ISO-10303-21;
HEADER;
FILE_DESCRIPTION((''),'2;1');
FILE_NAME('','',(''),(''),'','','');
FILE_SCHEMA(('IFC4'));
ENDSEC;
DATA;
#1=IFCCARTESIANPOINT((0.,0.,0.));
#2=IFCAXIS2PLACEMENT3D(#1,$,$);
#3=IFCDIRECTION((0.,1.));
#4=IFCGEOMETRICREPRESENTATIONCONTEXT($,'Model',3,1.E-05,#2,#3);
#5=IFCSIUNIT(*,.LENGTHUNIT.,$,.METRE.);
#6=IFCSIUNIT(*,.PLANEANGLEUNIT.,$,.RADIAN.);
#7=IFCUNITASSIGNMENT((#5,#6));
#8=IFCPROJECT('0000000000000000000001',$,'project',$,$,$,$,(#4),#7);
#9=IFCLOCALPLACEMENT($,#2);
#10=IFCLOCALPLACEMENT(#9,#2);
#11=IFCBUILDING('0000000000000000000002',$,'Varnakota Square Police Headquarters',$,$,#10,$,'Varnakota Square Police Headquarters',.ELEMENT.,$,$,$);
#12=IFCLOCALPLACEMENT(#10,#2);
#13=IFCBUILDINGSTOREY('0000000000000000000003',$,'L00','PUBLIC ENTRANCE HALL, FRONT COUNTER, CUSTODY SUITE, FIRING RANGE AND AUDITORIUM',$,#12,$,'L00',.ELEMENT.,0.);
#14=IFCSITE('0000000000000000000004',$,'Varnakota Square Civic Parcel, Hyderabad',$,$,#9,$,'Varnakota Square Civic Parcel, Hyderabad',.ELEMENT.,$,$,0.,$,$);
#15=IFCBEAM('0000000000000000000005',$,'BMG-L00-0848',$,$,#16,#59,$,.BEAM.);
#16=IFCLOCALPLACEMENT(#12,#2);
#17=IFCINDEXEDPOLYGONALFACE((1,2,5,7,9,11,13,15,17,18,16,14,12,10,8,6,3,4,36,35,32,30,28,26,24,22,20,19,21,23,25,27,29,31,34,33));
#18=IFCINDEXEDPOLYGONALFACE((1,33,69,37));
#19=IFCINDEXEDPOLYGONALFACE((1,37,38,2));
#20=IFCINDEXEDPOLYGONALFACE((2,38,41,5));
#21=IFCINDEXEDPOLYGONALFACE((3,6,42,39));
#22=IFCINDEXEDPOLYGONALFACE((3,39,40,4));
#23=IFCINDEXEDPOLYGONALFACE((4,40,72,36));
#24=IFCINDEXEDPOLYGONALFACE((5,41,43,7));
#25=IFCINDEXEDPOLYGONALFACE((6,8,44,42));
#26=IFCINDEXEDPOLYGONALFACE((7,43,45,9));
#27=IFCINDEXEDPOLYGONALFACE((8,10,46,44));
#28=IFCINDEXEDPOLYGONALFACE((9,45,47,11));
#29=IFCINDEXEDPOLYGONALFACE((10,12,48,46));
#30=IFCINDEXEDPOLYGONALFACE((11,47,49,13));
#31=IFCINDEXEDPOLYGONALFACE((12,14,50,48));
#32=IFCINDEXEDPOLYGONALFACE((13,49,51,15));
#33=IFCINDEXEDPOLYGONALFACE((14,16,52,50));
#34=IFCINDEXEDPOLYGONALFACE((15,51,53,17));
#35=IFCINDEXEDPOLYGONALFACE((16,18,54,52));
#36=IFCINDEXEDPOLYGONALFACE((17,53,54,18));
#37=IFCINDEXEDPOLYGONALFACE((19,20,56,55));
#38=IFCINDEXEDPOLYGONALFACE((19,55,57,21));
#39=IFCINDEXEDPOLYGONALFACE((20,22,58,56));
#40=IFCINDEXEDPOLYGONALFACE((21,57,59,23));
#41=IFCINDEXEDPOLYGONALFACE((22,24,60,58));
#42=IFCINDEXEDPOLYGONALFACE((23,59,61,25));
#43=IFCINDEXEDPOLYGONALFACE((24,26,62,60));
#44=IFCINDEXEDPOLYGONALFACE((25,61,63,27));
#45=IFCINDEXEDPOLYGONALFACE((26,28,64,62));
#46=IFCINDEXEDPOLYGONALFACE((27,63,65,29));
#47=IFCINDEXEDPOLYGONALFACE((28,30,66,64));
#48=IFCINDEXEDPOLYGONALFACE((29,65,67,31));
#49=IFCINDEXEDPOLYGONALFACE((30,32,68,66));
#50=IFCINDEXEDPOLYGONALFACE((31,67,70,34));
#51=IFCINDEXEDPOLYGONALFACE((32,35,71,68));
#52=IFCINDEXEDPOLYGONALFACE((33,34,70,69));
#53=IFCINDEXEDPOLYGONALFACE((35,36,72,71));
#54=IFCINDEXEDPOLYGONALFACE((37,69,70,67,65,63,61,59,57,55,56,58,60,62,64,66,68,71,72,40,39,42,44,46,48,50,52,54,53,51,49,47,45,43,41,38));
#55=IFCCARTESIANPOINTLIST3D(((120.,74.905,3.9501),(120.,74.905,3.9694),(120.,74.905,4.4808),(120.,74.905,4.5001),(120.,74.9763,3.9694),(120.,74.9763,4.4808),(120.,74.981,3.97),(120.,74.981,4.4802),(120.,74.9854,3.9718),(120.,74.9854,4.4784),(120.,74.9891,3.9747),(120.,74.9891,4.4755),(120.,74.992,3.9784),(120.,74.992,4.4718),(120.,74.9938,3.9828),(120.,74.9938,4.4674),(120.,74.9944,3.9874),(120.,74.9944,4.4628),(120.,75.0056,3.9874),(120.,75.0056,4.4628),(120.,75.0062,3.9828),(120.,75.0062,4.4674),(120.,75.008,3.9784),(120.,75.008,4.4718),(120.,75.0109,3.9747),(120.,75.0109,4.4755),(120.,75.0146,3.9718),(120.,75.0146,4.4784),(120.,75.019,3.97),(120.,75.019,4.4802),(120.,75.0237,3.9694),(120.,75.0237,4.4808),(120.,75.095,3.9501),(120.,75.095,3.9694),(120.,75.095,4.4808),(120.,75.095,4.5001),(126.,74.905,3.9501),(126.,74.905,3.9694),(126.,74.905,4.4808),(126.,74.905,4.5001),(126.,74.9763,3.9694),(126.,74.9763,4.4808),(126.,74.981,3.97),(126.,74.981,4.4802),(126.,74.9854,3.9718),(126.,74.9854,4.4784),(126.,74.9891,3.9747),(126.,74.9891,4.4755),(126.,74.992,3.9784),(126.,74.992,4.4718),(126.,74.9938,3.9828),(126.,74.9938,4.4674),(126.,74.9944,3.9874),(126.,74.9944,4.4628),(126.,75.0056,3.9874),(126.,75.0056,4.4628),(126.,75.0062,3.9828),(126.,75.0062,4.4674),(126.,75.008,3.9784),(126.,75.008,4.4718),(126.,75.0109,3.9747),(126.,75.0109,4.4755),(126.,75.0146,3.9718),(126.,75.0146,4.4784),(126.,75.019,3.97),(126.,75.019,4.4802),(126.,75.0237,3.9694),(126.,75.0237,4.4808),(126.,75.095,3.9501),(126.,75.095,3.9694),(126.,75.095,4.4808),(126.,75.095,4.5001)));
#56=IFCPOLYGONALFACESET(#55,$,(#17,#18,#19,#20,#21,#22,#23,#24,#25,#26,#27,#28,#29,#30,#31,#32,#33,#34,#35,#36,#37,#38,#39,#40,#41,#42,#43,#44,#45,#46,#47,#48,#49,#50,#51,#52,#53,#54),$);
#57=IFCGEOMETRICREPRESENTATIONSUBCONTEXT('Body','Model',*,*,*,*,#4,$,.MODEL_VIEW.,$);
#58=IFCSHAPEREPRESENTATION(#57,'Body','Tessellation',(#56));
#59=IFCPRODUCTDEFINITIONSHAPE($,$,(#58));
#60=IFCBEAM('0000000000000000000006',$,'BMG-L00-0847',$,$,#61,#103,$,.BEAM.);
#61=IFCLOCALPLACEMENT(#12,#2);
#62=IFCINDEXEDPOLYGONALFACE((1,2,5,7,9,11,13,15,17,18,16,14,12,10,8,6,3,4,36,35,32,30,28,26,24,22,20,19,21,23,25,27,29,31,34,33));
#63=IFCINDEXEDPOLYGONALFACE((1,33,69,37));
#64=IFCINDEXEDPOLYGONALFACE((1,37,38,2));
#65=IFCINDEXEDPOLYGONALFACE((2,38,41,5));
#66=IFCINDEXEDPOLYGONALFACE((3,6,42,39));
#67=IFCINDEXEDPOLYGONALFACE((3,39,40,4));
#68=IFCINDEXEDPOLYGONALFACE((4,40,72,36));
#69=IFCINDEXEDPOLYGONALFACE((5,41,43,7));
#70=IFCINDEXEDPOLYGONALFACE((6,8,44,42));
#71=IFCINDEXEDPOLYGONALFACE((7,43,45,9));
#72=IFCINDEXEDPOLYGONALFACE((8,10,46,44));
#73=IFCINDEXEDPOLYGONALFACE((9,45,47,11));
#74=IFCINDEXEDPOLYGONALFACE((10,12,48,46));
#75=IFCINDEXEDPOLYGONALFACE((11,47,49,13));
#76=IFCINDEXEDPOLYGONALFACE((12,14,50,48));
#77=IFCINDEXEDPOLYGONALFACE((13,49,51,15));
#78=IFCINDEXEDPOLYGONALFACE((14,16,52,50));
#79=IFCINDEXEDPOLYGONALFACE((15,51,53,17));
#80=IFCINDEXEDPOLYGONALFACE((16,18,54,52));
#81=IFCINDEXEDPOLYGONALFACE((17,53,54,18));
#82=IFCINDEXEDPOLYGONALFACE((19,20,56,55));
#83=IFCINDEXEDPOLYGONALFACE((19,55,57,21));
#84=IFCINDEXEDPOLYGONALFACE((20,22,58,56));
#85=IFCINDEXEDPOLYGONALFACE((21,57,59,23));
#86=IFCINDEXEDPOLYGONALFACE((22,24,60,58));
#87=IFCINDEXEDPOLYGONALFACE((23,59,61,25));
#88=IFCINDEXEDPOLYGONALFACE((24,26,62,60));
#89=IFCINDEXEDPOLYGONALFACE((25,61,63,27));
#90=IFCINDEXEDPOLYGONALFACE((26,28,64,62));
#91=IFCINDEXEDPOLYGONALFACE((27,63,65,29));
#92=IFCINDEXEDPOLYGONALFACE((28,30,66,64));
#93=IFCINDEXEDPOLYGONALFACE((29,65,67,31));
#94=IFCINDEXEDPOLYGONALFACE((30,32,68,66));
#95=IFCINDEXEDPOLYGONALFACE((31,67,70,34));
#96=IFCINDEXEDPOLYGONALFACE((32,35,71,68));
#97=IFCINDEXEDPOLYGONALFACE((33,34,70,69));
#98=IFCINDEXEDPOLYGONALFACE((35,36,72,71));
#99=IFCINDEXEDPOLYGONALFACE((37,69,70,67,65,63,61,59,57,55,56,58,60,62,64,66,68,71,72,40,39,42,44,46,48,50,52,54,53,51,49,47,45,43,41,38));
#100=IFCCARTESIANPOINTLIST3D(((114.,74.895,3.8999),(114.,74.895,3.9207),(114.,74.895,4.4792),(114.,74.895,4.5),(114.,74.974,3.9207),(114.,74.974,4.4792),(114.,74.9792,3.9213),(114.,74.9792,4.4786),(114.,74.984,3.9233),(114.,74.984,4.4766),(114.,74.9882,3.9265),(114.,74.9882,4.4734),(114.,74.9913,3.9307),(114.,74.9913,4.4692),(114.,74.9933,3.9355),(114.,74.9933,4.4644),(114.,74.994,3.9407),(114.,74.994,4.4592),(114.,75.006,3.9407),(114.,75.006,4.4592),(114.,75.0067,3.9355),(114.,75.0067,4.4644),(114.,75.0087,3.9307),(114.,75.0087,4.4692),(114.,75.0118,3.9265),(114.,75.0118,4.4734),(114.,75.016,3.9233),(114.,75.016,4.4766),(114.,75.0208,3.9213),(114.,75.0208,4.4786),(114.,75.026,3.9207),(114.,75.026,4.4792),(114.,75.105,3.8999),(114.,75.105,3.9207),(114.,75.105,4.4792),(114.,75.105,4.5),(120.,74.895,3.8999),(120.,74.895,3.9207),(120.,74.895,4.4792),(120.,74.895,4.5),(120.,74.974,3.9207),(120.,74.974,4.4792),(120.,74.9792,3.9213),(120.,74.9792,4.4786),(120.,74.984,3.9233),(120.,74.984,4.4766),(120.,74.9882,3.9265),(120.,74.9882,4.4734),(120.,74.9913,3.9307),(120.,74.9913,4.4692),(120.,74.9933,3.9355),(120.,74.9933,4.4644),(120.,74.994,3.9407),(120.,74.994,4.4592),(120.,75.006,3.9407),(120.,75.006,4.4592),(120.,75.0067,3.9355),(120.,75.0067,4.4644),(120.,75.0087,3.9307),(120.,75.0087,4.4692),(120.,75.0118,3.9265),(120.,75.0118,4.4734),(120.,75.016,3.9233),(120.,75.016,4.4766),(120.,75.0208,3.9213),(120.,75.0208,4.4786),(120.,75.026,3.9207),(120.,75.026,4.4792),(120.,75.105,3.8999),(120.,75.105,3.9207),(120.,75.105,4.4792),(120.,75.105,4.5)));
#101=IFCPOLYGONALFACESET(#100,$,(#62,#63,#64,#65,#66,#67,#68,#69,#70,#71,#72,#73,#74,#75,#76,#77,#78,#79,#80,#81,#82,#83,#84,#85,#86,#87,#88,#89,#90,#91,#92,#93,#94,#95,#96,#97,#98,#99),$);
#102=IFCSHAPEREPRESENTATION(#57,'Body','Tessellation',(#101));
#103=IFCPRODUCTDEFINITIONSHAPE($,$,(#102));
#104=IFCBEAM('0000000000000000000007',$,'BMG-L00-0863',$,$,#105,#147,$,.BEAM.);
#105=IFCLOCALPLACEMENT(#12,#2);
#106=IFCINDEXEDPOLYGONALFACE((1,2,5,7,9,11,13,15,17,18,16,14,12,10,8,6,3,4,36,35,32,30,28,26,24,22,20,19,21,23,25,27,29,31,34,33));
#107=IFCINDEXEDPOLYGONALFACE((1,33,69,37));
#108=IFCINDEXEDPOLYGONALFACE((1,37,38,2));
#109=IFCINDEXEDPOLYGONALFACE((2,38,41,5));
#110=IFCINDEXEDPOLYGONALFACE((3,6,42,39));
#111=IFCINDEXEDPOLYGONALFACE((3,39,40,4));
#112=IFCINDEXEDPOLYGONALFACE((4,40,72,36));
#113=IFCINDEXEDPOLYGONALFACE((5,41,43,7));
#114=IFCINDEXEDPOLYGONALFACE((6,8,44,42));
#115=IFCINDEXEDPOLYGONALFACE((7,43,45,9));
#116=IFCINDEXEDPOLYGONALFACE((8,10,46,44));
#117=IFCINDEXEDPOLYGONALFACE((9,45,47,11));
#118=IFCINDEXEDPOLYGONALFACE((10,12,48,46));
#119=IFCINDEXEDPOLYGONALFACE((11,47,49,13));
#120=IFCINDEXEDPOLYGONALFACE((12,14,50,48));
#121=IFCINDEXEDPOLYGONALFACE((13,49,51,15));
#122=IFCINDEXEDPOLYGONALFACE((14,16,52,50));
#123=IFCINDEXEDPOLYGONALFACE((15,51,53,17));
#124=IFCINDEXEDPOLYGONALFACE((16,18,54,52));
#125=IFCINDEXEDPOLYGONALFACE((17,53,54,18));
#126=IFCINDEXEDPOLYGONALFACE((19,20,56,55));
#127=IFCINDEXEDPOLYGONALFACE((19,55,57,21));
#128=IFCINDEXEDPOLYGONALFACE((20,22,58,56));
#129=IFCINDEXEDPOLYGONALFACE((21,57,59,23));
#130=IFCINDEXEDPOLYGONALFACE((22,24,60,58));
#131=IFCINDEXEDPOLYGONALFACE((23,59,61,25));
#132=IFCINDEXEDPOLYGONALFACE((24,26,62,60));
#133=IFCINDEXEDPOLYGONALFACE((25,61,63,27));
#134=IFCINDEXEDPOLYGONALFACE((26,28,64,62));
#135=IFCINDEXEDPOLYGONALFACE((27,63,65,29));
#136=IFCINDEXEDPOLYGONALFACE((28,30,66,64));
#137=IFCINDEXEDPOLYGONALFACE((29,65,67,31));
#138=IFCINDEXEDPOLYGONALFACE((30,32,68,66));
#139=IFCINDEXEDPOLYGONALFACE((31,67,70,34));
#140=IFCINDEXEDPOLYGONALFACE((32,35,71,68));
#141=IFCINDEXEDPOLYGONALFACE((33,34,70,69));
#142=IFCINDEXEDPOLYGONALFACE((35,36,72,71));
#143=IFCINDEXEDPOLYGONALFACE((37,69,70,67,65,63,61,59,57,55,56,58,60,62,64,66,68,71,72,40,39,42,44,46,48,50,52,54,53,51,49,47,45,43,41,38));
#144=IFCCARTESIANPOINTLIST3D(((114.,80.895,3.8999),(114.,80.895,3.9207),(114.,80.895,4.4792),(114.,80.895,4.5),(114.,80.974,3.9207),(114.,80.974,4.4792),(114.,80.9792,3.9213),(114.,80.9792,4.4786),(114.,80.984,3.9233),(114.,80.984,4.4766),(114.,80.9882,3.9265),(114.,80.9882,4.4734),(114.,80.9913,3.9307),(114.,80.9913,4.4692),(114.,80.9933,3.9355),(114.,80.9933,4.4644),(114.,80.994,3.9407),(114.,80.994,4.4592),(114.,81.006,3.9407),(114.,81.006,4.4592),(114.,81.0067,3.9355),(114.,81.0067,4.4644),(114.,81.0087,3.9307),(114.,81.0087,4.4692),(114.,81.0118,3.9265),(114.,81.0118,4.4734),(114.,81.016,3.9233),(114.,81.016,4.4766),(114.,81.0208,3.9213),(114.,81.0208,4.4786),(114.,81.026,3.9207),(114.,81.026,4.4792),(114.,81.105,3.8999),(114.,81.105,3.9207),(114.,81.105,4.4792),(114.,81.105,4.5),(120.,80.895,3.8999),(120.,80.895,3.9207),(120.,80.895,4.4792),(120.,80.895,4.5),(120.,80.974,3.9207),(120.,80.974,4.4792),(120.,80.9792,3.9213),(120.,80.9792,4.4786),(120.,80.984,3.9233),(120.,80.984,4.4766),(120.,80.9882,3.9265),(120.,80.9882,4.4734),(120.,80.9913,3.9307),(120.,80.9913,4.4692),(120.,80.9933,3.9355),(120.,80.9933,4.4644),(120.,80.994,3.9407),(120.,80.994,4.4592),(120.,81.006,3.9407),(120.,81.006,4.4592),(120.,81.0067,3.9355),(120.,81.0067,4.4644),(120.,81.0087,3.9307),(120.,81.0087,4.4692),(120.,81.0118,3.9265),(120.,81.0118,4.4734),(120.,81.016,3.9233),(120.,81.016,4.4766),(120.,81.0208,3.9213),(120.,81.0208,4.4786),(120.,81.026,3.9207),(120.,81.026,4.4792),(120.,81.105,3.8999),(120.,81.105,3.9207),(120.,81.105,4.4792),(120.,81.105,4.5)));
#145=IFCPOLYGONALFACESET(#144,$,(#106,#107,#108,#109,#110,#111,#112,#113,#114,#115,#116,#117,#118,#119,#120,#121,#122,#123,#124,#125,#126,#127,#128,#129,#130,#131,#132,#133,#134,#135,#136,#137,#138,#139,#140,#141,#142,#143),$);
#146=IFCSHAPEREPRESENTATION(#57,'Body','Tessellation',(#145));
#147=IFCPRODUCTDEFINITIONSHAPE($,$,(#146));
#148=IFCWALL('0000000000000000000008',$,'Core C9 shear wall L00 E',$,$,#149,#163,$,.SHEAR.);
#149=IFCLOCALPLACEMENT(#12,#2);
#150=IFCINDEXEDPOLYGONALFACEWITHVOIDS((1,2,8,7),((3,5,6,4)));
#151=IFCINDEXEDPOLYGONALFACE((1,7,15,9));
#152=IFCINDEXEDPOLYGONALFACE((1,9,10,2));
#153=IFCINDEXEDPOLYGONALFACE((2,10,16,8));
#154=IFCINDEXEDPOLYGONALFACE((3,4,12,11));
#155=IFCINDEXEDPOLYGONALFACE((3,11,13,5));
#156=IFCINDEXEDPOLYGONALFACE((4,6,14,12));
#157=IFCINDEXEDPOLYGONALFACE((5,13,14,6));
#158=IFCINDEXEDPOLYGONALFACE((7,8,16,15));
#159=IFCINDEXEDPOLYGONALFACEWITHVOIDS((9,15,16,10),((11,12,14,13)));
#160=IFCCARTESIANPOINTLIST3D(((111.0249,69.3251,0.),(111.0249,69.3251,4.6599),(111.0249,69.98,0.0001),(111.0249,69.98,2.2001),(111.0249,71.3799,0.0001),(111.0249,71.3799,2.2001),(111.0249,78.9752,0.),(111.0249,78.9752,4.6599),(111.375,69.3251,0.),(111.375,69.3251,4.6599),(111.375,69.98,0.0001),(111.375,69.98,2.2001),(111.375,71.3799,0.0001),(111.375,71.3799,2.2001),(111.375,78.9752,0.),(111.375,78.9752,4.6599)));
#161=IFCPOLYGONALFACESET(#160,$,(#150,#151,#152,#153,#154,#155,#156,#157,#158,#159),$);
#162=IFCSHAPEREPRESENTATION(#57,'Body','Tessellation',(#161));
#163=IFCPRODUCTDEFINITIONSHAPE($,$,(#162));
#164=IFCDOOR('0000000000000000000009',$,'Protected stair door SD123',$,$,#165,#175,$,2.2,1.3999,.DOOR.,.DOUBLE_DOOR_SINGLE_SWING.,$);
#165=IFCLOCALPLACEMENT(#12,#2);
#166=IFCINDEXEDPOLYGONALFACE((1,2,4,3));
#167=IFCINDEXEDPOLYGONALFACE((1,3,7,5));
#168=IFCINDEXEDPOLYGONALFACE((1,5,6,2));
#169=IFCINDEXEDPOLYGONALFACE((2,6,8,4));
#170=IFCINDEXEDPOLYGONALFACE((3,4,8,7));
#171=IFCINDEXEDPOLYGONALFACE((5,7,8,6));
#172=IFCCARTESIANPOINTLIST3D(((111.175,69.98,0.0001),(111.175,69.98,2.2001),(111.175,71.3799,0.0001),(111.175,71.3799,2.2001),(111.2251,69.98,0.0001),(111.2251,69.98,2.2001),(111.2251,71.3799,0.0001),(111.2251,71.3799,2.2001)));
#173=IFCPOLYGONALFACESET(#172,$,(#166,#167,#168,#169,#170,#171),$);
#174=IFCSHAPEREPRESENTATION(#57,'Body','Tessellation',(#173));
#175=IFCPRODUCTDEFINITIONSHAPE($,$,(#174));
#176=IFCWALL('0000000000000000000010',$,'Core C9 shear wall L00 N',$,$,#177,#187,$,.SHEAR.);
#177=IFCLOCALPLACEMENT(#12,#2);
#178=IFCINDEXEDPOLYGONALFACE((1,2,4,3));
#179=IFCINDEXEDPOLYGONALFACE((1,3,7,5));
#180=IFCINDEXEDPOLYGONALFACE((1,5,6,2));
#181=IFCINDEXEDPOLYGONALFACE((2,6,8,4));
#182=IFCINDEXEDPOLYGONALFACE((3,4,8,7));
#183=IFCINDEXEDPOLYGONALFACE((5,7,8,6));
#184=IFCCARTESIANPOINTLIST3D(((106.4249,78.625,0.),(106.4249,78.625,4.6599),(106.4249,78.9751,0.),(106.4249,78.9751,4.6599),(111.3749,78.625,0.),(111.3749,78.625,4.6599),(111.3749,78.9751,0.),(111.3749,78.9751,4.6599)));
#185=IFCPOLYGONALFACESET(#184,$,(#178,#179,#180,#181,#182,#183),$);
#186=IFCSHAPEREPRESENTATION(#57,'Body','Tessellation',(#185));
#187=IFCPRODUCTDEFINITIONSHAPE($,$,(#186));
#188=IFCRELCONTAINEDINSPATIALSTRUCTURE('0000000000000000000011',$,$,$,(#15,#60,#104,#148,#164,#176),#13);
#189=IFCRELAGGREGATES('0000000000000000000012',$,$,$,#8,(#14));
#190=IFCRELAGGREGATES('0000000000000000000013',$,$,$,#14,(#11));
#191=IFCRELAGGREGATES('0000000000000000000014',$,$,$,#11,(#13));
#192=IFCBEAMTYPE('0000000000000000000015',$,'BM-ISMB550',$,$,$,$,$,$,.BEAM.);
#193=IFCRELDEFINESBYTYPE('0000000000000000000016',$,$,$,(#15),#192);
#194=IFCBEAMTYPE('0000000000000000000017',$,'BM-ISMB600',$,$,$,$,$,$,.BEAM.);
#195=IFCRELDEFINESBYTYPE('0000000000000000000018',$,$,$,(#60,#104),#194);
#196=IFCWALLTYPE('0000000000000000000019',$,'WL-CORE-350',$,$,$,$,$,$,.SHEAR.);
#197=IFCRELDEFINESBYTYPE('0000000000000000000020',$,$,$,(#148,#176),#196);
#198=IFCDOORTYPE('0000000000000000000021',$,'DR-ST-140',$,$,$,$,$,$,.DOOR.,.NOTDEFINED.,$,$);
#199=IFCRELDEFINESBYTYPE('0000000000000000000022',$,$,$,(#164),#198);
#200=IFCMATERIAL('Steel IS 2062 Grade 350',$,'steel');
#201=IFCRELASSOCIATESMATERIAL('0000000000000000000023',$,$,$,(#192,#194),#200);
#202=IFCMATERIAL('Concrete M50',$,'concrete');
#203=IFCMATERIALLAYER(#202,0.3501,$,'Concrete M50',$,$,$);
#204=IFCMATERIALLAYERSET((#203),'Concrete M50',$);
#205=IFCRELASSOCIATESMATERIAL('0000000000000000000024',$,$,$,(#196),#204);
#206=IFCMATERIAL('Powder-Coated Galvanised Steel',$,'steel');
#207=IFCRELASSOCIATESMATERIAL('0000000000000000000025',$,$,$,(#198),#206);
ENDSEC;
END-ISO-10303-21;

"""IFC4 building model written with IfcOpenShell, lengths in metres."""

from ifc_helpers import new_model, si_unit, direction, frame, frame_2d, origin, origin_2d, place, context, subcontext, project, spatial, rectangle, i_section, extrude, material, layer, layer_set, material_profile, profile_set, type_object, element, fill, save


model = new_model("IFC4")

# Units and contexts
model_context = context("Model", 3, precision=1e-05, world=origin(), true_north=direction((0.0, 1.0)))
body_context = subcontext(model_context, "Body", "Model", "MODEL_VIEW")
ifc_project = project(units=[si_unit("LENGTHUNIT", "METRE"), si_unit("PLANEANGLEUNIT", "RADIAN")], contexts=[model_context])

# Site, building, storey
site_placement = place(None, origin())
site = spatial("IfcSite", under=ifc_project, at=site_placement, Name="Varnakota Square Civic Parcel, Hyderabad", LongName="Varnakota Square Civic Parcel, Hyderabad", CompositionType="ELEMENT", RefElevation=0.0)
building_placement = place(site_placement, origin())
building = spatial("IfcBuilding", under=site, at=building_placement, Name="Varnakota Square Police Headquarters", LongName="Varnakota Square Police Headquarters", CompositionType="ELEMENT")
storey_placement = place(building_placement, origin())
storey = spatial("IfcBuildingStorey", under=building, at=storey_placement, Name="L00", Description="PUBLIC ENTRANCE HALL, FRONT COUNTER, CUSTODY SUITE, FIRING RANGE AND AUDITORIUM", LongName="L00", CompositionType="ELEMENT", Elevation=0.0)

# Shared definitions
ifc_material_1 = material(Name="Concrete M50", Category="concrete")

# Beams
ifc_material_2 = material(Name="Steel IS 2062 Grade 350", Category="steel")
ifc_material_profile_1 = material_profile(ifc_material_2, i_section(OverallWidth=0.1899, OverallDepth=0.55, WebThickness=0.0112, FlangeThickness=0.0193, FilletRadius=0.0181, at=origin_2d()), Name="ISMB 550")
ifc_profile_set_1 = profile_set([ifc_material_profile_1], Name="Steel IS 2062 Grade 350")
beam_type_1 = type_object("IfcBeamType", Name="BM-ISMB550", PredefinedType="BEAM", material=ifc_profile_set_1)
beam_1_placement = place(storey_placement, frame((120.0, 75.0, 4.2251), z_axis=(1.0, 0.0, 0.0), x_axis=(0.0, 1.0, 0.0)))
element("IfcBeam", 1, at=beam_1_placement, inside=storey, type_object=beam_type_1, Name="BMG-L00-0848", PredefinedType="BEAM", context=body_context, shape_type="SweptSolid", body=[
    extrude(i_section(OverallWidth=0.1899, OverallDepth=0.55, WebThickness=0.0112, FlangeThickness=0.0193, FilletRadius=0.0181, at=origin_2d()), origin(), (0.0, 0.0, 1.0), 6.0),
])
ifc_material_profile_2 = material_profile(ifc_material_2, i_section(OverallWidth=0.21, OverallDepth=0.6001, WebThickness=0.012, FlangeThickness=0.0208, FilletRadius=0.02, at=origin_2d()), Name="ISMB 600")
ifc_profile_set_2 = profile_set([ifc_material_profile_2], Name="Steel IS 2062 Grade 350")
beam_type_2 = type_object("IfcBeamType", Name="BM-ISMB600", PredefinedType="BEAM", material=ifc_profile_set_2)
for number, where, z_axis, x_axis, name in (
    (2, (114.0, 75.0, 4.2), (1.0, 0.0, 0.0), (0.0, 1.0, 0.0), "BMG-L00-0847"),
    (3, (114.0, 81.0, 4.2), (1.0, 0.0, 0.0), (0.0, 1.0, 0.0), "BMG-L00-0863"),
):
    element("IfcBeam", number, at=place(storey_placement, frame(where, z_axis=z_axis, x_axis=x_axis)), inside=storey, type_object=beam_type_2, Name=name, PredefinedType="BEAM", context=body_context, shape_type="SweptSolid", body=[
        extrude(i_section(OverallWidth=0.21, OverallDepth=0.6001, WebThickness=0.012, FlangeThickness=0.0208, FilletRadius=0.02, at=origin_2d()), origin(), (0.0, 0.0, 1.0), 6.0),
    ])

# Wall, opening, door
ifc_layer_1 = layer(ifc_material_1, 0.3501, Name="Concrete M50")
ifc_layer_set_1 = layer_set([ifc_layer_1], Name="Concrete M50")
wall_type_1 = type_object("IfcWallType", Name="WL-CORE-350", PredefinedType="SHEAR", material=ifc_layer_set_1)
wall_1_placement = place(storey_placement, frame((111.2, 69.325, 0.0), z_axis=(0.0, 0.0, 1.0), x_axis=(0.0, 1.0, 0.0)))
wall_1 = element("IfcWall", 4, at=wall_1_placement, inside=storey, type_object=wall_type_1, Name="Core C9 shear wall L00 E", PredefinedType="SHEAR", context=body_context, shape_type="SweptSolid", body=[
    extrude(rectangle(XDim=9.6501, YDim=0.3501, at=frame_2d((4.8252, 0.0))), origin(), (0.0, 0.0, 1.0), 4.6599),
])
opening_1_placement = place(wall_1_placement, frame((0.655, 0.0, 0.0)))
opening_1 = element("IfcOpeningElement", 5, at=opening_1_placement, cuts=wall_1, PredefinedType="OPENING", context=body_context, shape_type="SweptSolid", body=[
    extrude(rectangle(XDim=1.3999, YDim=2.2, at=frame_2d((0.7, 1.1001))), frame((0.0, 0.1851, 0.0), z_axis=(0.0, -1.0, 0.0), x_axis=(1.0, 0.0, 0.0)), (0.0, 0.0, 1.0), 0.3701),
])
ifc_material_3 = material(Name="Powder-Coated Galvanised Steel", Category="steel")
door_type_1 = type_object("IfcDoorType", Name="DR-ST-140", OperationType="NOTDEFINED", PredefinedType="DOOR", material=ifc_material_3)
door_1_placement = place(opening_1_placement, origin())
door_1 = element("IfcDoor", 6, at=door_1_placement, inside=storey, type_object=door_type_1, Name="Protected stair door SD123", OperationType="DOUBLE_DOOR_SINGLE_SWING", OverallHeight=2.2, OverallWidth=1.3999, PredefinedType="DOOR", context=body_context, shape_type="SweptSolid", body=[
    extrude(rectangle(XDim=1.3999, YDim=2.2, at=frame_2d((0.7, 1.1001))), frame((0.0, 0.0249, 0.0), z_axis=(0.0, -1.0, 0.0), x_axis=(1.0, 0.0, 0.0)), (0.0, 0.0, 1.0), 0.05),
])
fill(opening_1, door_1)

# Wall
wall_2_placement = place(storey_placement, frame((111.375, 78.8, 0.0), z_axis=(0.0, 0.0, 1.0), x_axis=(-1.0, 0.0, 0.0)))
element("IfcWall", 7, at=wall_2_placement, inside=storey, type_object=wall_type_1, Name="Core C9 shear wall L00 N", PredefinedType="SHEAR", context=body_context, shape_type="SweptSolid", body=[
    extrude(rectangle(XDim=4.95, YDim=0.3501, at=frame_2d((2.4751, 0.0))), origin(), (0.0, 0.0, 1.0), 4.6599),
])

save(model, "model.ifc")
